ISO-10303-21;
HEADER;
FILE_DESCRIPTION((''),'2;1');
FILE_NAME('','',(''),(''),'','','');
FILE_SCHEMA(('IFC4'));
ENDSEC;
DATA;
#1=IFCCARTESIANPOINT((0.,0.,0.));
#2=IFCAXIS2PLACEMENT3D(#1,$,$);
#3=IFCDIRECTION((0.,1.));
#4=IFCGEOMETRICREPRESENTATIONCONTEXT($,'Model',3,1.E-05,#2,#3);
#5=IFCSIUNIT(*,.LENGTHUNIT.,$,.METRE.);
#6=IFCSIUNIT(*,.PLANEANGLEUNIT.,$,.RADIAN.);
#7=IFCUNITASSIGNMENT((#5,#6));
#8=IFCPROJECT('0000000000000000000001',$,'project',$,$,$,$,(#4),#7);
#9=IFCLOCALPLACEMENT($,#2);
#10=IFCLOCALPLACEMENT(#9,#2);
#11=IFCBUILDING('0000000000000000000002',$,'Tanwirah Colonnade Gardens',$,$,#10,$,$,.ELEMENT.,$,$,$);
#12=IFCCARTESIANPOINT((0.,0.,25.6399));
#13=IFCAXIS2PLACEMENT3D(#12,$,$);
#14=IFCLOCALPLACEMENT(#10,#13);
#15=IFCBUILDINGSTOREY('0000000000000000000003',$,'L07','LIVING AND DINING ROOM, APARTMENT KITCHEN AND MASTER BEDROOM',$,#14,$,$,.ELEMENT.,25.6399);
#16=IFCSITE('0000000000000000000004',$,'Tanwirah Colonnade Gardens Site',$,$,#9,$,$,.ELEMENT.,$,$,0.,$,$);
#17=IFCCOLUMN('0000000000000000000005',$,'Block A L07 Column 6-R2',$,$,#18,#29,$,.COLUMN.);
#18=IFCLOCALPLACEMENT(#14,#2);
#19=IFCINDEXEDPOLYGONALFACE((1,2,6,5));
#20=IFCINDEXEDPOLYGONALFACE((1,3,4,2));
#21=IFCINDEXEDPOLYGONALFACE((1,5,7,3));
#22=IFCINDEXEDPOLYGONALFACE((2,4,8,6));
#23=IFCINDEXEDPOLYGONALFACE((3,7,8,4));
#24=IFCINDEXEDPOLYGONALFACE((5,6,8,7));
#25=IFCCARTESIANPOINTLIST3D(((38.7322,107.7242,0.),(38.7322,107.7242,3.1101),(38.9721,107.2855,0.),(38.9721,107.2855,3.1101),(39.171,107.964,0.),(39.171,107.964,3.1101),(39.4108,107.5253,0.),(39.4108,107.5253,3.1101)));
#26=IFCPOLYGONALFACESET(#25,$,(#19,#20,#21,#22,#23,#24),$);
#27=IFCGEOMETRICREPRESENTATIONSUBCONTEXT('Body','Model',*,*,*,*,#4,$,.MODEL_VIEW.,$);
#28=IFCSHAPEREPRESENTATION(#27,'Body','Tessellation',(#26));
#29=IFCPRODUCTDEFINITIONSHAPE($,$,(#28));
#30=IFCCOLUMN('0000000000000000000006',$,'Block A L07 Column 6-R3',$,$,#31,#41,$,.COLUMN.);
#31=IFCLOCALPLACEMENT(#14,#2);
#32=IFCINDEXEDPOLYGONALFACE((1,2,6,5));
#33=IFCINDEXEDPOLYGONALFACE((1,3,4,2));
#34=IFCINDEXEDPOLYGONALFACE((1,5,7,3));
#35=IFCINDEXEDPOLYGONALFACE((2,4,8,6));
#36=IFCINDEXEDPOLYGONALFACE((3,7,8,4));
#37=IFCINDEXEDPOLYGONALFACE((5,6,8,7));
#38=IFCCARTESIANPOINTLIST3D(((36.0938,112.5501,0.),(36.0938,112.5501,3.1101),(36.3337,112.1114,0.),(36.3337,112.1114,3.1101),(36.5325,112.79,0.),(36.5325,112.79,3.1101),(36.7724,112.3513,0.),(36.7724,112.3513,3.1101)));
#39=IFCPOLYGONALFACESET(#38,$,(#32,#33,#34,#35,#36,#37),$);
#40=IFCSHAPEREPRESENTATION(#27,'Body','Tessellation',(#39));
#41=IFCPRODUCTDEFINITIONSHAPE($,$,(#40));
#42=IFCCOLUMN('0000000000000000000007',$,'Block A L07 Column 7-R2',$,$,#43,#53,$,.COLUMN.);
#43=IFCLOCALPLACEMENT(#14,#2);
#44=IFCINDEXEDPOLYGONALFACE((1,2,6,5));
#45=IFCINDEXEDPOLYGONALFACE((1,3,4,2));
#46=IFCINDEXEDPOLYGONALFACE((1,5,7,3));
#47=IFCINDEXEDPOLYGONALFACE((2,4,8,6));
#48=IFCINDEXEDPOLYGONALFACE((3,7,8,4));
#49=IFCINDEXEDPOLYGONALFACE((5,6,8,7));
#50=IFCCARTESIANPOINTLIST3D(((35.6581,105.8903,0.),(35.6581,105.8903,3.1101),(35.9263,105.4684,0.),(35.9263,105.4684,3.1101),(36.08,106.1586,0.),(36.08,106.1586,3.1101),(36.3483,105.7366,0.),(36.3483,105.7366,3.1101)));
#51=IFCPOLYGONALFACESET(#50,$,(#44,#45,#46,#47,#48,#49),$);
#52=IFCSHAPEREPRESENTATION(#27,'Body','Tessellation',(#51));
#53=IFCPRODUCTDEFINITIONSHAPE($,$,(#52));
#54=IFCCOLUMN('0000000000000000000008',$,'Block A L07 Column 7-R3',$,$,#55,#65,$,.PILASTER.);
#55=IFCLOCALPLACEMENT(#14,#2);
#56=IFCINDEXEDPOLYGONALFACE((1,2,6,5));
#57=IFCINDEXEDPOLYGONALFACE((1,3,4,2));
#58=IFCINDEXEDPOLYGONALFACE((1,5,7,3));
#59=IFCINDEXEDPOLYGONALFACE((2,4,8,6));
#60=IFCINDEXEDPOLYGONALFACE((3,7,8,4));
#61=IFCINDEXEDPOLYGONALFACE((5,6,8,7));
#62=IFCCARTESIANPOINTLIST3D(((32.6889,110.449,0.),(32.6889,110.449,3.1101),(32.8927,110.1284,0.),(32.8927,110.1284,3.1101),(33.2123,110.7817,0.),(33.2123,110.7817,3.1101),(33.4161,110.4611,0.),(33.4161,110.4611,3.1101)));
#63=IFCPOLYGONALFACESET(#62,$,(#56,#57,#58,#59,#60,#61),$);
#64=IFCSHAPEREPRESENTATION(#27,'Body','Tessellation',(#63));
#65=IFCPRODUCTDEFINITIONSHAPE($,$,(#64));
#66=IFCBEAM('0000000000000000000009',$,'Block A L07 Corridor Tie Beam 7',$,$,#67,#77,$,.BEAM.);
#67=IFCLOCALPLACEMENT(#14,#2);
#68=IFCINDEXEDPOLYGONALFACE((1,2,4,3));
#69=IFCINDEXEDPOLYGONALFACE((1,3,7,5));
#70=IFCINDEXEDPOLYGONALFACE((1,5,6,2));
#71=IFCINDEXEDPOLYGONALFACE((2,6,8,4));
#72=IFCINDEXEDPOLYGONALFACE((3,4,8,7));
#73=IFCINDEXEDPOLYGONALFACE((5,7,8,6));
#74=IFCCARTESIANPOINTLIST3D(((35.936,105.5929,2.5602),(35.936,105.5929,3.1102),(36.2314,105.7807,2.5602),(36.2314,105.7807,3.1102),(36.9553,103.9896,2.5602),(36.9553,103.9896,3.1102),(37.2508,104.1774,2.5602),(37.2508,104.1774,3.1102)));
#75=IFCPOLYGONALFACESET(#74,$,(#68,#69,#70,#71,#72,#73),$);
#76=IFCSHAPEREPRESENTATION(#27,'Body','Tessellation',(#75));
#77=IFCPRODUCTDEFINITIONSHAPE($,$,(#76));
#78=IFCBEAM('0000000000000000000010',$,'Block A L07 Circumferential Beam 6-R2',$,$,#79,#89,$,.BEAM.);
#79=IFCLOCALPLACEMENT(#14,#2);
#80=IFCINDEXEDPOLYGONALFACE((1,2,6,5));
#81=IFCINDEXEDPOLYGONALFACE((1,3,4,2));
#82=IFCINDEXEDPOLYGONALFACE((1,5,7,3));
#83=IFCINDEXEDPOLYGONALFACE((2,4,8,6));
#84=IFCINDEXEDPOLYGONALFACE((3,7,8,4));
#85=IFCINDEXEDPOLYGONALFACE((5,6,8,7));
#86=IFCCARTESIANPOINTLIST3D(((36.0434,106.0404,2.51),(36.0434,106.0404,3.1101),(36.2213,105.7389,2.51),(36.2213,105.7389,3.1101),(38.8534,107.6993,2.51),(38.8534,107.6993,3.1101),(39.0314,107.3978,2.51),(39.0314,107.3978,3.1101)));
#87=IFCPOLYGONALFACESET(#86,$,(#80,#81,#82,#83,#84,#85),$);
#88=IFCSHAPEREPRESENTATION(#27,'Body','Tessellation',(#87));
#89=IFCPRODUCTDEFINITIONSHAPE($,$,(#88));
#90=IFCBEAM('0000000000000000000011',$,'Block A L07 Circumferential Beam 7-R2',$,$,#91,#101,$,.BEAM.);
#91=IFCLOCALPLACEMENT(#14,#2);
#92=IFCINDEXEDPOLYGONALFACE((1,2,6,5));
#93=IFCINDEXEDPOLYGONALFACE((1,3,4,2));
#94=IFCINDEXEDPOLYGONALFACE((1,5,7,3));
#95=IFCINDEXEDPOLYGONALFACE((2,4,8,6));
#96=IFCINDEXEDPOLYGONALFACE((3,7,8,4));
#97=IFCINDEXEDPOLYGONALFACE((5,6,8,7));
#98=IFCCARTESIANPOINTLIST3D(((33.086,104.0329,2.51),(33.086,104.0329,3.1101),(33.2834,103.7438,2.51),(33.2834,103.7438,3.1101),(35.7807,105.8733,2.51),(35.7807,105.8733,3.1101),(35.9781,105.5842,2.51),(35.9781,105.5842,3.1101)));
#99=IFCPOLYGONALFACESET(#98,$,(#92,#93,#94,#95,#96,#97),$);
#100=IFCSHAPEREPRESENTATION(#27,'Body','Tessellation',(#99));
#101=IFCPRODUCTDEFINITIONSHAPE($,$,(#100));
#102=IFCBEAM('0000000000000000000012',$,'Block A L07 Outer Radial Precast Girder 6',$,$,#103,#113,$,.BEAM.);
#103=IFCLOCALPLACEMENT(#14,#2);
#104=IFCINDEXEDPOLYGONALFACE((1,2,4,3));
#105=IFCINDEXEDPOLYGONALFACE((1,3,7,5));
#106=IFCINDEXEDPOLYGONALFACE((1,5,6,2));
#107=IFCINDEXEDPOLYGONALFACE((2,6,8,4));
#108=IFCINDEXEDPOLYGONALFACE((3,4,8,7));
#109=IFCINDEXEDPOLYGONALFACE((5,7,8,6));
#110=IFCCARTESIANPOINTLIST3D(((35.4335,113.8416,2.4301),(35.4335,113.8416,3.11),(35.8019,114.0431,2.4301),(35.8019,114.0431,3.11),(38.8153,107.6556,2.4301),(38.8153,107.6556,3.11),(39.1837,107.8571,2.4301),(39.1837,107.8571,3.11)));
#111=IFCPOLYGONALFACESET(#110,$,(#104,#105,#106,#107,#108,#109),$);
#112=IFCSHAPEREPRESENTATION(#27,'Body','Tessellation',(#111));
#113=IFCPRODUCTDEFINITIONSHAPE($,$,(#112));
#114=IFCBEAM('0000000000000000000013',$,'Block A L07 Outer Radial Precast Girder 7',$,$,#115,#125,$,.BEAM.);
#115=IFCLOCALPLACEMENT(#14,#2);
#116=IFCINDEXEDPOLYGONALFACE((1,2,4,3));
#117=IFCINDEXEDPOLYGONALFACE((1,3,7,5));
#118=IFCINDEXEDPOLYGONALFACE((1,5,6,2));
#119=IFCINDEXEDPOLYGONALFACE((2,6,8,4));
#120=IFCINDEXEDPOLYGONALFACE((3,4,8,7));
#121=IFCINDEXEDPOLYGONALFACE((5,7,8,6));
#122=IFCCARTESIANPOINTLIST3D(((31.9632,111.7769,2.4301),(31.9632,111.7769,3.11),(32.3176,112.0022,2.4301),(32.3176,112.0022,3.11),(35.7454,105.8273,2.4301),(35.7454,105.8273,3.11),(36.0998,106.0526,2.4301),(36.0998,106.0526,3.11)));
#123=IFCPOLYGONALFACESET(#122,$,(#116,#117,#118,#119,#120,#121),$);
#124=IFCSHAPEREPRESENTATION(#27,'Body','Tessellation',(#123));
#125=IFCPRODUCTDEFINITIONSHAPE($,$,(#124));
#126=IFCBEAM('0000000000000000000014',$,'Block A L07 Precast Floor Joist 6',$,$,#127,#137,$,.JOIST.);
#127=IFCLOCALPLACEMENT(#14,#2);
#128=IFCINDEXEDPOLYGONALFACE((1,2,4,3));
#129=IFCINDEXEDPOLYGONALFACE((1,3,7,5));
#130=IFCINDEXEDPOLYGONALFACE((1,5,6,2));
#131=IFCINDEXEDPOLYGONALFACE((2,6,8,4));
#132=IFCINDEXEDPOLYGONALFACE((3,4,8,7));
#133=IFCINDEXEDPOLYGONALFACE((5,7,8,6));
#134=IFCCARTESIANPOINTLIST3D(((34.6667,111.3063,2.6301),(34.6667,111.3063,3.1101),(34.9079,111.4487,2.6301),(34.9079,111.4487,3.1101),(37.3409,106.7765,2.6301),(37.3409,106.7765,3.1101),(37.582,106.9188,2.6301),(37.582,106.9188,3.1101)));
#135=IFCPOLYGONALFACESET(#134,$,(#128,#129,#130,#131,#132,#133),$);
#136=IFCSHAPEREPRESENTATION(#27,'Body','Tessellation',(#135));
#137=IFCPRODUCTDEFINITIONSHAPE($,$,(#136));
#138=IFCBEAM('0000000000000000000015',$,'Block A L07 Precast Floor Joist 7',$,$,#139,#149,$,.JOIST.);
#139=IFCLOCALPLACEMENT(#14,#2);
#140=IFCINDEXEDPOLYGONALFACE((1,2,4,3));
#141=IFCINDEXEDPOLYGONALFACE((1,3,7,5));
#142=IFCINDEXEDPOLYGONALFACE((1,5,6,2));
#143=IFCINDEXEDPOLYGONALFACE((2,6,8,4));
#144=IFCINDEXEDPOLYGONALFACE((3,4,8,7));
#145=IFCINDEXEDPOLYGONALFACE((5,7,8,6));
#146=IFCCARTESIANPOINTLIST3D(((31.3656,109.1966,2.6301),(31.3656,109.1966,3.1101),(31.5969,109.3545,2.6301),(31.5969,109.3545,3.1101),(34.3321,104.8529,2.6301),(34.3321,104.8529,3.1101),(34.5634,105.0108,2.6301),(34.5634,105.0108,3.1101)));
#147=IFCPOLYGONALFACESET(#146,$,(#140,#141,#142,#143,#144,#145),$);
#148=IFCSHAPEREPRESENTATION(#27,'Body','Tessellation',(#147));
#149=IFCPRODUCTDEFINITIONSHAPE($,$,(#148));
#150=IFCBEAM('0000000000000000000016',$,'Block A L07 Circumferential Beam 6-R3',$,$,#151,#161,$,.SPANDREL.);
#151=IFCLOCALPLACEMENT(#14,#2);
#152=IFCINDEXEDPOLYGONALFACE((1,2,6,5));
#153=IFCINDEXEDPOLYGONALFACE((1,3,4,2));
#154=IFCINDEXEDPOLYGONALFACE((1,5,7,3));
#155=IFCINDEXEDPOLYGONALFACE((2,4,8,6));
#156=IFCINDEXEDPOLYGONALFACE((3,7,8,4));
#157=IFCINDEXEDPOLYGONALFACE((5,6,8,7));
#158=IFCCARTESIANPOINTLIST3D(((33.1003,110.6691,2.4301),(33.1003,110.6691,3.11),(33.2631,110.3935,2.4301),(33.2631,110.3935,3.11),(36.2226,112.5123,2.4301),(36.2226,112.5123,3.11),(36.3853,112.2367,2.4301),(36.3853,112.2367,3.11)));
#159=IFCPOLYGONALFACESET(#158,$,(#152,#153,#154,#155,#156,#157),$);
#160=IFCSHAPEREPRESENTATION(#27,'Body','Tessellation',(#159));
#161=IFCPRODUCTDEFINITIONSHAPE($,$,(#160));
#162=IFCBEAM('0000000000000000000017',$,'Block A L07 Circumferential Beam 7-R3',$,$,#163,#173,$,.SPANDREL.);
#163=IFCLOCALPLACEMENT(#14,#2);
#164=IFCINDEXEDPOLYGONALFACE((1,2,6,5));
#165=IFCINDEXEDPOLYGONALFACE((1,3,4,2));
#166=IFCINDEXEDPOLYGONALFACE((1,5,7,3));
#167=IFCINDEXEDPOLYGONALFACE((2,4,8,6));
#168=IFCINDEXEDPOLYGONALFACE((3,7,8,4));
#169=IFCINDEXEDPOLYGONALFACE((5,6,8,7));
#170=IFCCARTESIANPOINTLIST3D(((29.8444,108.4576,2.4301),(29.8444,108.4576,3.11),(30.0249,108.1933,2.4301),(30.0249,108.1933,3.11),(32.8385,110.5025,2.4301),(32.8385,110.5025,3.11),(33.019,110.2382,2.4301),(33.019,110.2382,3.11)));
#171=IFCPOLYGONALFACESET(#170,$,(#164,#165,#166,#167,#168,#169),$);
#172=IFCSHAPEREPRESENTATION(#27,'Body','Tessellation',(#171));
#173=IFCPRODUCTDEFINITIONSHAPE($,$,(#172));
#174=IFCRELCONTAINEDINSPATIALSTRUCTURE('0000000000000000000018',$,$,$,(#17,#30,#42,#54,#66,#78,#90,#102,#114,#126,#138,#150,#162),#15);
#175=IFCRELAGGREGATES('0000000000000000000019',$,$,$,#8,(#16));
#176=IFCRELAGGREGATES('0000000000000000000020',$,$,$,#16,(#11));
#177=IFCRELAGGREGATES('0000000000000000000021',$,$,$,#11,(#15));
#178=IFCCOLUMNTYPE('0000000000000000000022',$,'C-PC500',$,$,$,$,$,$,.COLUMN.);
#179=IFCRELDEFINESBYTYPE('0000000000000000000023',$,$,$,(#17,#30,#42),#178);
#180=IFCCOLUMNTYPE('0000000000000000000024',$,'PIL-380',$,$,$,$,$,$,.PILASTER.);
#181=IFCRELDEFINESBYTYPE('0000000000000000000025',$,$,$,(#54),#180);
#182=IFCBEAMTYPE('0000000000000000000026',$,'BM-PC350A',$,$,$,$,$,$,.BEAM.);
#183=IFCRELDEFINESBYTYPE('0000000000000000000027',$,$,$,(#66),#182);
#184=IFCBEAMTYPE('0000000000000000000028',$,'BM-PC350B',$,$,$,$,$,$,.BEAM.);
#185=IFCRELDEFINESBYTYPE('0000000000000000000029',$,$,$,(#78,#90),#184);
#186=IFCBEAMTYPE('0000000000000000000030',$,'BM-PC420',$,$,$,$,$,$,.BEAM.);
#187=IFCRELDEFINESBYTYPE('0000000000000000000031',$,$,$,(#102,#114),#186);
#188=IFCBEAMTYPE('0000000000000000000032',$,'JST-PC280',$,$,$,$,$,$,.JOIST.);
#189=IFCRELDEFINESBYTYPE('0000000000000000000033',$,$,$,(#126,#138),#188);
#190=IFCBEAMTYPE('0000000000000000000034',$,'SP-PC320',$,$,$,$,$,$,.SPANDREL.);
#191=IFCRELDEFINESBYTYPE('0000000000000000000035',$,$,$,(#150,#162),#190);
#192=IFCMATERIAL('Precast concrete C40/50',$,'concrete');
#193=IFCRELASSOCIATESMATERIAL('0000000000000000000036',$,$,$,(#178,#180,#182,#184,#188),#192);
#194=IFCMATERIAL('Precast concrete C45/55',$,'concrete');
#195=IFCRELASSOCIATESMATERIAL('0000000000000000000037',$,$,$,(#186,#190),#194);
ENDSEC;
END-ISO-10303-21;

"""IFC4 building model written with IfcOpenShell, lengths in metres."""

from ifc_helpers import new_model, si_unit, direction, frame, origin, origin_2d, place, context, subcontext, project, spatial, rectangle, extrude, material, material_profile, profile_set, type_object, element, save


model = new_model("IFC4")

# Units and contexts
model_context = context("Model", 3, precision=1e-05, world=origin(), true_north=direction((0.0, 1.0)))
body_context = subcontext(model_context, "Body", "Model", "MODEL_VIEW")
ifc_project = project(units=[si_unit("LENGTHUNIT", "METRE"), si_unit("PLANEANGLEUNIT", "RADIAN")], contexts=[model_context])

# Site, building, storey
site_placement = place(None, origin())
site = spatial("IfcSite", under=ifc_project, at=site_placement, Name="Tanwirah Colonnade Gardens Site", CompositionType="ELEMENT", RefElevation=0.0)
building_placement = place(site_placement, origin())
building = spatial("IfcBuilding", under=site, at=building_placement, Name="Tanwirah Colonnade Gardens", CompositionType="ELEMENT")
storey_placement = place(building_placement, frame((0.0, 0.0, 25.6399)))
storey = spatial("IfcBuildingStorey", under=building, at=storey_placement, Name="L07", Description="LIVING AND DINING ROOM, APARTMENT KITCHEN AND MASTER BEDROOM", CompositionType="ELEMENT", Elevation=25.6399)

# Columns
ifc_material_1 = material(Name="Precast concrete C40/50", Category="concrete")
ifc_material_profile_1 = material_profile(ifc_material_1, rectangle(XDim=0.5, YDim=0.5, at=origin_2d()), Name="PC-COL 500x500")
ifc_profile_set_1 = profile_set([ifc_material_profile_1], Name="Precast concrete C40/50")
column_type_1 = type_object("IfcColumnType", Name="C-PC500", PredefinedType="COLUMN", material=ifc_profile_set_1)
for number, where, z_axis, x_axis, name in (
    (1, (39.0715, 107.6248, 0.0), (0.0, 0.0, 1.0), (-0.479713, 0.877425, 0.0), "Block A L07 Column 6-R2"),
    (2, (36.4331, 112.4507, 0.0), (0.0, 0.0, 1.0), (-0.479713, 0.877425, 0.0), "Block A L07 Column 6-R3"),
    (3, (36.0032, 105.8135, 0.0), (0.0, 0.0, 1.0), (-0.536482, 0.843912, 0.0), "Block A L07 Column 7-R2"),
):
    element("IfcColumn", number, at=place(storey_placement, frame(where, z_axis=z_axis, x_axis=x_axis)), inside=storey, type_object=column_type_1, Name=name, PredefinedType="COLUMN", context=body_context, shape_type="SweptSolid", body=[
        extrude(rectangle(XDim=0.5, YDim=0.5, at=origin_2d()), origin(), (0.0, 0.0, 1.0), 3.1101),
    ])
ifc_material_profile_2 = material_profile(ifc_material_1, rectangle(XDim=0.3799, YDim=0.6201, at=origin_2d()), Name="PC-PIL 380x620")
ifc_profile_set_2 = profile_set([ifc_material_profile_2], Name="Precast concrete C40/50")
column_type_2 = type_object("IfcColumnType", Name="PIL-380", PredefinedType="PILASTER", material=ifc_profile_set_2)
column_placement = place(storey_placement, frame((33.0525, 110.4551, 0.0), z_axis=(0.0, 0.0, 1.0), x_axis=(-0.536482, 0.843912, 0.0)))
element("IfcColumn", 4, at=column_placement, inside=storey, type_object=column_type_2, Name="Block A L07 Column 7-R3", PredefinedType="PILASTER", context=body_context, shape_type="SweptSolid", body=[
    extrude(rectangle(XDim=0.3799, YDim=0.6201, at=origin_2d()), origin(), (0.0, 0.0, 1.0), 3.1101),
])

# Beams
ifc_material_profile_3 = material_profile(ifc_material_1, rectangle(XDim=0.3501, YDim=0.55, at=origin_2d()), Name="PC-BM 350x550")
ifc_profile_set_3 = profile_set([ifc_material_profile_3], Name="Precast concrete C40/50")
beam_type_1 = type_object("IfcBeamType", Name="BM-PC350A", PredefinedType="BEAM", material=ifc_profile_set_3)
beam_1_placement = place(storey_placement, frame((37.103, 104.0835, 2.8352), z_axis=(-0.53651, 0.843894, 0.0), x_axis=(-0.843894, -0.53651, 0.0)))
element("IfcBeam", 5, at=beam_1_placement, inside=storey, type_object=beam_type_1, Name="Block A L07 Corridor Tie Beam 7", PredefinedType="BEAM", context=body_context, shape_type="SweptSolid", body=[
    extrude(rectangle(XDim=0.3501, YDim=0.55, at=origin_2d()), origin(), (0.0, 0.0, 1.0), 1.8999),
])
ifc_material_profile_4 = material_profile(ifc_material_1, rectangle(XDim=0.3501, YDim=0.6001, at=origin_2d()), Name="PC-BM 350x600")
ifc_profile_set_4 = profile_set([ifc_material_profile_4], Name="Precast concrete C40/50")
beam_type_2 = type_object("IfcBeamType", Name="BM-PC350B", PredefinedType="BEAM", material=ifc_profile_set_4)
for number, where, z_axis, x_axis, name in (
    (6, (38.9424, 107.5486, 2.8101), (-0.861135, -0.508376, 0.0), (0.508376, -0.861135, 0.0), "Block A L07 Circumferential Beam 6-R2"),
    (7, (35.8794, 105.7288, 2.8101), (-0.825782, -0.563989, 0.0), (0.563989, -0.825782, 0.0), "Block A L07 Circumferential Beam 7-R2"),
):
    element("IfcBeam", number, at=place(storey_placement, frame(where, z_axis=z_axis, x_axis=x_axis)), inside=storey, type_object=beam_type_2, Name=name, PredefinedType="BEAM", context=body_context, shape_type="SweptSolid", body=[
        extrude(rectangle(XDim=0.3501, YDim=0.6001, at=origin_2d()), origin(), (0.0, 0.0, 1.0), 3.2632),
    ])
ifc_material_2 = material(Name="Precast concrete C45/55", Category="concrete")
ifc_material_profile_5 = material_profile(ifc_material_2, rectangle(XDim=0.4199, YDim=0.6799, at=origin_2d()), Name="PC-BM 420x680")
ifc_profile_set_5 = profile_set([ifc_material_profile_5], Name="Precast concrete C45/55")
beam_type_3 = type_object("IfcBeamType", Name="BM-PC420", PredefinedType="BEAM", material=ifc_profile_set_5)
for number, where, z_axis, x_axis, name in (
    (8, (38.9995, 107.7563, 2.77), (-0.479687, 0.87744, 0.0), (-0.87744, -0.479687, 0.0), "Block A L07 Outer Radial Precast Girder 6"),
    (9, (35.9226, 105.9399, 2.77), (-0.536477, 0.843915, 0.0), (-0.843915, -0.536477, 0.0), "Block A L07 Outer Radial Precast Girder 7"),
):
    element("IfcBeam", number, at=place(storey_placement, frame(where, z_axis=z_axis, x_axis=x_axis)), inside=storey, type_object=beam_type_3, Name=name, PredefinedType="BEAM", context=body_context, shape_type="SweptSolid", body=[
        extrude(rectangle(XDim=0.4199, YDim=0.6799, at=origin_2d()), origin(), (0.0, 0.0, 1.0), 7.05),
    ])
ifc_material_profile_6 = material_profile(ifc_material_1, rectangle(XDim=0.28, YDim=0.48, at=origin_2d()), Name="PC-JST 280x480")
ifc_profile_set_6 = profile_set([ifc_material_profile_6], Name="Precast concrete C40/50")
beam_type_4 = type_object("IfcBeamType", Name="JST-PC280", PredefinedType="JOIST", material=ifc_profile_set_6)
beam_2_placement = place(storey_placement, frame((37.4614, 106.8477, 2.8701), z_axis=(-0.50836, 0.861145, 0.0), x_axis=(-0.861145, -0.50836, 0.0)))
element("IfcBeam", 10, at=beam_2_placement, inside=storey, type_object=beam_type_4, Name="Block A L07 Precast Floor Joist 6", PredefinedType="JOIST", context=body_context, shape_type="SweptSolid", body=[
    extrude(rectangle(XDim=0.28, YDim=0.48, at=origin_2d()), origin(), (0.0, 0.0, 1.0), 5.2603),
])
beam_3_placement = place(storey_placement, frame((34.4478, 104.9319, 2.8701), z_axis=(-0.563973, 0.825793, 0.0), x_axis=(-0.825793, -0.563973, 0.0)))
element("IfcBeam", 11, at=beam_3_placement, inside=storey, type_object=beam_type_4, Name="Block A L07 Precast Floor Joist 7", PredefinedType="JOIST", context=body_context, shape_type="SweptSolid", body=[
    extrude(rectangle(XDim=0.28, YDim=0.48, at=origin_2d()), origin(), (0.0, 0.0, 1.0), 5.26),
])
ifc_material_profile_7 = material_profile(ifc_material_2, rectangle(XDim=0.3201, YDim=0.6799, at=origin_2d()), Name="PC-SP 320x680")
ifc_profile_set_7 = profile_set([ifc_material_profile_7], Name="Precast concrete C45/55")
beam_type_5 = type_object("IfcBeamType", Name="SP-PC320", PredefinedType="SPANDREL", material=ifc_profile_set_7)
for number, where, z_axis, x_axis, name in (
    (12, (36.304, 112.3745, 2.77), (-0.861137, -0.508373, 0.0), (0.508373, -0.861137, 0.0), "Block A L07 Circumferential Beam 6-R3"),
    (13, (32.9287, 110.3704, 2.77), (-0.825783, -0.563989, 0.0), (0.563989, -0.825783, 0.0), "Block A L07 Circumferential Beam 7-R3"),
):
    element("IfcBeam", number, at=place(storey_placement, frame(where, z_axis=z_axis, x_axis=x_axis)), inside=storey, type_object=beam_type_5, Name=name, PredefinedType="SPANDREL", context=body_context, shape_type="SweptSolid", body=[
        extrude(rectangle(XDim=0.3201, YDim=0.6799, at=origin_2d()), origin(), (0.0, 0.0, 1.0), 3.6257),
    ])

save(model, "model.ifc")
